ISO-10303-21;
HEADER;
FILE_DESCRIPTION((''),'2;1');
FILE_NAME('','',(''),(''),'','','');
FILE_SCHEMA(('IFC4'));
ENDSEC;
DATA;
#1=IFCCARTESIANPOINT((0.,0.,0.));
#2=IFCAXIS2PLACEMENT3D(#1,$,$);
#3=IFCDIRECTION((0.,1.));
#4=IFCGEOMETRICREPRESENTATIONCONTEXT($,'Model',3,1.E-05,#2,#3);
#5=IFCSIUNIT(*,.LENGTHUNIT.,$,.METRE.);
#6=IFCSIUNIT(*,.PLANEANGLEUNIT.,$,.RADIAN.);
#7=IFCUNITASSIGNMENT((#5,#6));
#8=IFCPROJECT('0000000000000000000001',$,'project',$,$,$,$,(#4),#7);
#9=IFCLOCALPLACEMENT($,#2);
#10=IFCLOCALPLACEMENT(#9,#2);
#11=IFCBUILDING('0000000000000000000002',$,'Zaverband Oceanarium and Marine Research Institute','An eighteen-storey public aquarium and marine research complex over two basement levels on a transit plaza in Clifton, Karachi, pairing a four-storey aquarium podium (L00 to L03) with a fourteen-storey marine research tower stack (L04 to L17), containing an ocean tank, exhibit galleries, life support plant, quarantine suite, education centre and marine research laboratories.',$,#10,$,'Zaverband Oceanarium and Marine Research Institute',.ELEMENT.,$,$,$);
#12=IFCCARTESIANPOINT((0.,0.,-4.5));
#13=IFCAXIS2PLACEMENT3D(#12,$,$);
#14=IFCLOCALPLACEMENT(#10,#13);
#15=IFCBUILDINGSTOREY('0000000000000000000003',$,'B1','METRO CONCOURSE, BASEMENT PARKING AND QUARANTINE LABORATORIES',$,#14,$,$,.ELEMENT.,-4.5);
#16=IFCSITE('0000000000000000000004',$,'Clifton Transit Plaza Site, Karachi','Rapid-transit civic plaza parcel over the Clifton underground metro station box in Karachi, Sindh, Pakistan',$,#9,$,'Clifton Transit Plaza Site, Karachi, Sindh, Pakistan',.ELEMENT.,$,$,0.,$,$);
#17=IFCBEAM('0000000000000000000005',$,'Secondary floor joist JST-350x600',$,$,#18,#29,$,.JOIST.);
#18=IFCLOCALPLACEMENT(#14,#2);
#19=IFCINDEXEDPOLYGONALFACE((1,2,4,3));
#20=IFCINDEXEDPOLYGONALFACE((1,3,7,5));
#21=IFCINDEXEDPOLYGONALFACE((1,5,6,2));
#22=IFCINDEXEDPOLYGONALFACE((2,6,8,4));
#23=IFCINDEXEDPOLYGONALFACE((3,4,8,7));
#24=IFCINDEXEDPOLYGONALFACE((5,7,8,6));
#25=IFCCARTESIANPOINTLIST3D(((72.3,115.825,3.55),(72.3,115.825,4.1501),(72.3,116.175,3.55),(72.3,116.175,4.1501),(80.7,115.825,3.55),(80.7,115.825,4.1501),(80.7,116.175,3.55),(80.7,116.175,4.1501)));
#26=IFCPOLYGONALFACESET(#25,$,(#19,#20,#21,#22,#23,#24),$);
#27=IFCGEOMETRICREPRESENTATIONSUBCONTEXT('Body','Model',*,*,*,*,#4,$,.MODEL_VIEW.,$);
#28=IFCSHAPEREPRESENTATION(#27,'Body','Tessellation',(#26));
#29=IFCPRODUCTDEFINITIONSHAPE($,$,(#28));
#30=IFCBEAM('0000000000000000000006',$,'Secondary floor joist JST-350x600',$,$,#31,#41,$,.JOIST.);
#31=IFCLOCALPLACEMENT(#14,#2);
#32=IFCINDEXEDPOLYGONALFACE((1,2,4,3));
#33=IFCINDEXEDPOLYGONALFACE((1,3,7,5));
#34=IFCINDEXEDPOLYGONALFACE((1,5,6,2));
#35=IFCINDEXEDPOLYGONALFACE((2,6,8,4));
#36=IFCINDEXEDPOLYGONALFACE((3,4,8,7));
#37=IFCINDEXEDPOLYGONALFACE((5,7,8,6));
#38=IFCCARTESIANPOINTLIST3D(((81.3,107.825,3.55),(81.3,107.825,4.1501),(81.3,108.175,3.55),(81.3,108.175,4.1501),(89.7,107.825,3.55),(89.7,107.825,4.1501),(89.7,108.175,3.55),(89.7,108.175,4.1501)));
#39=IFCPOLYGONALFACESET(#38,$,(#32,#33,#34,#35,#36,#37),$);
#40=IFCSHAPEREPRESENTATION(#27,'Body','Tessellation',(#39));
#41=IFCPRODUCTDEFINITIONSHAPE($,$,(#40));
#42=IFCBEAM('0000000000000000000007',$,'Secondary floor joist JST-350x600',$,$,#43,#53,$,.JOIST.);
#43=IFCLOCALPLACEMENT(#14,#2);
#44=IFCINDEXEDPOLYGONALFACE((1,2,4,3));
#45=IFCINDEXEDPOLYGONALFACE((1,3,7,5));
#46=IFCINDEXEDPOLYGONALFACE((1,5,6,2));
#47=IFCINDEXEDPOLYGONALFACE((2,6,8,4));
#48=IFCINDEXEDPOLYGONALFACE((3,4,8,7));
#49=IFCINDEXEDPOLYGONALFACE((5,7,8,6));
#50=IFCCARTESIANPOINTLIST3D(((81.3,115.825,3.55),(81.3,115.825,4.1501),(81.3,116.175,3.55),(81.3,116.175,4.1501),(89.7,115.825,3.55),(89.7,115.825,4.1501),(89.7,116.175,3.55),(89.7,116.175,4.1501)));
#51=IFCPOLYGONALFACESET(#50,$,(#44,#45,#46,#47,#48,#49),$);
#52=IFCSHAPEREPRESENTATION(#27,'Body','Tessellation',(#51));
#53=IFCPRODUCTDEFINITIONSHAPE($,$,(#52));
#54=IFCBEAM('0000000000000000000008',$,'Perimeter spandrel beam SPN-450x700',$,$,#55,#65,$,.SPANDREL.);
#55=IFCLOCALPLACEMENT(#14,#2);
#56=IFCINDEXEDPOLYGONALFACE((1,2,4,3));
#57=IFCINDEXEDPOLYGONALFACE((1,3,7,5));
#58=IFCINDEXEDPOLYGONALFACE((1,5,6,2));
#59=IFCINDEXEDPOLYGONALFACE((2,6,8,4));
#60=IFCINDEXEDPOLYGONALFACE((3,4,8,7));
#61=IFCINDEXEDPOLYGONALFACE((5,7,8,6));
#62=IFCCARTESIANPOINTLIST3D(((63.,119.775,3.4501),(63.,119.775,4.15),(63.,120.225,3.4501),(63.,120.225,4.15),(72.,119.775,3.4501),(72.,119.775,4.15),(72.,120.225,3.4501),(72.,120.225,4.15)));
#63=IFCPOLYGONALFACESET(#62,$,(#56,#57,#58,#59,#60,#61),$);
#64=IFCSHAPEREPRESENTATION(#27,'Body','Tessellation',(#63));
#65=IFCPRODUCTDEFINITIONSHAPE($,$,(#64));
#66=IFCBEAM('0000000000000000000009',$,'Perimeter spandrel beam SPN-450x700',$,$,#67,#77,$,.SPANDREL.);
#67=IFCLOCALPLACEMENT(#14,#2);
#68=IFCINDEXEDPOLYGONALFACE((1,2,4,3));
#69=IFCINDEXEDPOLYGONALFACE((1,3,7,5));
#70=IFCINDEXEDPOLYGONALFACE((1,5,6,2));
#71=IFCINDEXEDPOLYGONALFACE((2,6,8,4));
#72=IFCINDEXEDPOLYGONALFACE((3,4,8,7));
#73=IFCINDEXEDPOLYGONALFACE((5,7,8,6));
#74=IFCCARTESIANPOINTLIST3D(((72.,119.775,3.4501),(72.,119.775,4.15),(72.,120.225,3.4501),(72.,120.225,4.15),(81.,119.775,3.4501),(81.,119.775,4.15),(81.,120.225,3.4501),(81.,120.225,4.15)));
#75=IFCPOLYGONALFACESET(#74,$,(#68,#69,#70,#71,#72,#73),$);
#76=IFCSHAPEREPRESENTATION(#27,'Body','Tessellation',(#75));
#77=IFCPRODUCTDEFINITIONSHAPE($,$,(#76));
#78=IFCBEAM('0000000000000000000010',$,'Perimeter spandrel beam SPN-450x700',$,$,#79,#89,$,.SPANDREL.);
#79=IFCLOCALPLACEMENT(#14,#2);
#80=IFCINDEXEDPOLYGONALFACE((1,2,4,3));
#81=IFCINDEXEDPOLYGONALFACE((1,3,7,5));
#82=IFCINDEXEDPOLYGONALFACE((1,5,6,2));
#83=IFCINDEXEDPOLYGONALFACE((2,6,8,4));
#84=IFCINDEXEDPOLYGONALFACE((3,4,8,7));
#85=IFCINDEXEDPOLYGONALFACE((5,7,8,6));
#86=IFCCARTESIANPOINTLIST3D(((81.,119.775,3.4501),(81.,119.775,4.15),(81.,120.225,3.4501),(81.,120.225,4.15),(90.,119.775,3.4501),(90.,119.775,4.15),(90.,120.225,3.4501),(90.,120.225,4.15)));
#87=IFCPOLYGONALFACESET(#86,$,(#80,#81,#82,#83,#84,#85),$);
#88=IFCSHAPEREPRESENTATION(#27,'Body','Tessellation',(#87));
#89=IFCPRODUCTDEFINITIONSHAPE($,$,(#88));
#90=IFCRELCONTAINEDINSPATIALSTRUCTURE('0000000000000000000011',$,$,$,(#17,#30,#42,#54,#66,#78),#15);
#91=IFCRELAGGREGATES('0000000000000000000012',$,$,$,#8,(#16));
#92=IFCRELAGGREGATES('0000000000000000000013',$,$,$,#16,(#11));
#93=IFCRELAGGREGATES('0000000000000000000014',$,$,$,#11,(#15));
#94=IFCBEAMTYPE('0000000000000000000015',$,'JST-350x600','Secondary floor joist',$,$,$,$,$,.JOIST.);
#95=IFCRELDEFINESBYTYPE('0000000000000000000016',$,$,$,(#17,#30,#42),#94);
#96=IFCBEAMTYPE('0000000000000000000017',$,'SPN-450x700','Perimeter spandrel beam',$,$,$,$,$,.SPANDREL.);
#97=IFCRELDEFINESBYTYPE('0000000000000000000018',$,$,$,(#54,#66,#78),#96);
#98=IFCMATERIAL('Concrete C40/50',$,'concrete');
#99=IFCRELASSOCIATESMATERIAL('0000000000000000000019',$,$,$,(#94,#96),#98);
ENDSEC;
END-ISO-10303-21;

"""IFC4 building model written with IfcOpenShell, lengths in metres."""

from ifc_helpers import new_model, si_unit, direction, frame, origin, origin_2d, place, context, subcontext, project, spatial, rectangle, extrude, material, material_profile, profile_set, type_object, element, save


model = new_model("IFC4")

# Units and contexts
model_context = context("Model", 3, precision=1e-05, world=origin(), true_north=direction((0.0, 1.0)))
body_context = subcontext(model_context, "Body", "Model", "MODEL_VIEW")
ifc_project = project(units=[si_unit("LENGTHUNIT", "METRE"), si_unit("PLANEANGLEUNIT", "RADIAN")], contexts=[model_context])

# Site, building, storey
site_placement = place(None, origin())
site = spatial("IfcSite", under=ifc_project, at=site_placement, Name="Clifton Transit Plaza Site, Karachi", Description="Rapid-transit civic plaza parcel over the Clifton underground metro station box in Karachi, Sindh, Pakistan", LongName="Clifton Transit Plaza Site, Karachi, Sindh, Pakistan", CompositionType="ELEMENT", RefElevation=0.0)
building_placement = place(site_placement, origin())
building = spatial("IfcBuilding", under=site, at=building_placement, Name="Zaverband Oceanarium and Marine Research Institute", Description="An eighteen-storey public aquarium and marine research complex over two basement levels on a transit plaza in Clifton, Karachi, pairing a four-storey aquarium podium (L00 to L03) with a fourteen-storey marine research tower stack (L04 to L17), containing an ocean tank, exhibit galleries, life support plant, quarantine suite, education centre and marine research laboratories.", LongName="Zaverband Oceanarium and Marine Research Institute", CompositionType="ELEMENT")
storey_placement = place(building_placement, frame((0.0, 0.0, -4.5)))
storey = spatial("IfcBuildingStorey", under=building, at=storey_placement, Name="B1", Description="METRO CONCOURSE, BASEMENT PARKING AND QUARANTINE LABORATORIES", CompositionType="ELEMENT", Elevation=-4.5)

# Beams
ifc_material_1 = material(Name="Concrete C40/50", Category="concrete")
ifc_material_profile_1 = material_profile(ifc_material_1, rectangle(XDim=0.3501, YDim=0.6001, at=origin_2d()), Name="RC350x600")
ifc_profile_set_1 = profile_set([ifc_material_profile_1], Name="Concrete C40/50")
beam_type_1 = type_object("IfcBeamType", Name="JST-350x600", Description="Secondary floor joist", PredefinedType="JOIST", material=ifc_profile_set_1)
for number, where, z_axis, x_axis, name in (
    (1, (72.3, 116.0, 3.8501), (1.0, 0.0, 0.0), (0.0, 1.0, 0.0), "Secondary floor joist JST-350x600"),
    (2, (81.3, 108.0, 3.8501), (1.0, 0.0, 0.0), (0.0, 1.0, 0.0), "Secondary floor joist JST-350x600"),
    (3, (81.3, 116.0, 3.8501), (1.0, 0.0, 0.0), (0.0, 1.0, 0.0), "Secondary floor joist JST-350x600"),
):
    element("IfcBeam", number, at=place(storey_placement, frame(where, z_axis=z_axis, x_axis=x_axis)), inside=storey, type_object=beam_type_1, Name=name, PredefinedType="JOIST", context=body_context, shape_type="SweptSolid", body=[
        extrude(rectangle(XDim=0.3501, YDim=0.6001, at=origin_2d()), origin(), (0.0, 0.0, 1.0), 8.3999),
    ])
ifc_material_profile_2 = material_profile(ifc_material_1, rectangle(XDim=0.45, YDim=0.7, at=origin_2d()), Name="RC450x700")
ifc_profile_set_2 = profile_set([ifc_material_profile_2], Name="Concrete C40/50")
beam_type_2 = type_object("IfcBeamType", Name="SPN-450x700", Description="Perimeter spandrel beam", PredefinedType="SPANDREL", material=ifc_profile_set_2)
for number, where, z_axis, x_axis, name in (
    (4, (63.0, 120.0, 3.8), (1.0, 0.0, 0.0), (0.0, 1.0, 0.0), "Perimeter spandrel beam SPN-450x700"),
    (5, (72.0, 120.0, 3.8), (1.0, 0.0, 0.0), (0.0, 1.0, 0.0), "Perimeter spandrel beam SPN-450x700"),
    (6, (81.0, 120.0, 3.8), (1.0, 0.0, 0.0), (0.0, 1.0, 0.0), "Perimeter spandrel beam SPN-450x700"),
):
    element("IfcBeam", number, at=place(storey_placement, frame(where, z_axis=z_axis, x_axis=x_axis)), inside=storey, type_object=beam_type_2, Name=name, PredefinedType="SPANDREL", context=body_context, shape_type="SweptSolid", body=[
        extrude(rectangle(XDim=0.45, YDim=0.7, at=origin_2d()), origin(), (0.0, 0.0, 1.0), 9.0),
    ])

save(model, "model.ifc")
